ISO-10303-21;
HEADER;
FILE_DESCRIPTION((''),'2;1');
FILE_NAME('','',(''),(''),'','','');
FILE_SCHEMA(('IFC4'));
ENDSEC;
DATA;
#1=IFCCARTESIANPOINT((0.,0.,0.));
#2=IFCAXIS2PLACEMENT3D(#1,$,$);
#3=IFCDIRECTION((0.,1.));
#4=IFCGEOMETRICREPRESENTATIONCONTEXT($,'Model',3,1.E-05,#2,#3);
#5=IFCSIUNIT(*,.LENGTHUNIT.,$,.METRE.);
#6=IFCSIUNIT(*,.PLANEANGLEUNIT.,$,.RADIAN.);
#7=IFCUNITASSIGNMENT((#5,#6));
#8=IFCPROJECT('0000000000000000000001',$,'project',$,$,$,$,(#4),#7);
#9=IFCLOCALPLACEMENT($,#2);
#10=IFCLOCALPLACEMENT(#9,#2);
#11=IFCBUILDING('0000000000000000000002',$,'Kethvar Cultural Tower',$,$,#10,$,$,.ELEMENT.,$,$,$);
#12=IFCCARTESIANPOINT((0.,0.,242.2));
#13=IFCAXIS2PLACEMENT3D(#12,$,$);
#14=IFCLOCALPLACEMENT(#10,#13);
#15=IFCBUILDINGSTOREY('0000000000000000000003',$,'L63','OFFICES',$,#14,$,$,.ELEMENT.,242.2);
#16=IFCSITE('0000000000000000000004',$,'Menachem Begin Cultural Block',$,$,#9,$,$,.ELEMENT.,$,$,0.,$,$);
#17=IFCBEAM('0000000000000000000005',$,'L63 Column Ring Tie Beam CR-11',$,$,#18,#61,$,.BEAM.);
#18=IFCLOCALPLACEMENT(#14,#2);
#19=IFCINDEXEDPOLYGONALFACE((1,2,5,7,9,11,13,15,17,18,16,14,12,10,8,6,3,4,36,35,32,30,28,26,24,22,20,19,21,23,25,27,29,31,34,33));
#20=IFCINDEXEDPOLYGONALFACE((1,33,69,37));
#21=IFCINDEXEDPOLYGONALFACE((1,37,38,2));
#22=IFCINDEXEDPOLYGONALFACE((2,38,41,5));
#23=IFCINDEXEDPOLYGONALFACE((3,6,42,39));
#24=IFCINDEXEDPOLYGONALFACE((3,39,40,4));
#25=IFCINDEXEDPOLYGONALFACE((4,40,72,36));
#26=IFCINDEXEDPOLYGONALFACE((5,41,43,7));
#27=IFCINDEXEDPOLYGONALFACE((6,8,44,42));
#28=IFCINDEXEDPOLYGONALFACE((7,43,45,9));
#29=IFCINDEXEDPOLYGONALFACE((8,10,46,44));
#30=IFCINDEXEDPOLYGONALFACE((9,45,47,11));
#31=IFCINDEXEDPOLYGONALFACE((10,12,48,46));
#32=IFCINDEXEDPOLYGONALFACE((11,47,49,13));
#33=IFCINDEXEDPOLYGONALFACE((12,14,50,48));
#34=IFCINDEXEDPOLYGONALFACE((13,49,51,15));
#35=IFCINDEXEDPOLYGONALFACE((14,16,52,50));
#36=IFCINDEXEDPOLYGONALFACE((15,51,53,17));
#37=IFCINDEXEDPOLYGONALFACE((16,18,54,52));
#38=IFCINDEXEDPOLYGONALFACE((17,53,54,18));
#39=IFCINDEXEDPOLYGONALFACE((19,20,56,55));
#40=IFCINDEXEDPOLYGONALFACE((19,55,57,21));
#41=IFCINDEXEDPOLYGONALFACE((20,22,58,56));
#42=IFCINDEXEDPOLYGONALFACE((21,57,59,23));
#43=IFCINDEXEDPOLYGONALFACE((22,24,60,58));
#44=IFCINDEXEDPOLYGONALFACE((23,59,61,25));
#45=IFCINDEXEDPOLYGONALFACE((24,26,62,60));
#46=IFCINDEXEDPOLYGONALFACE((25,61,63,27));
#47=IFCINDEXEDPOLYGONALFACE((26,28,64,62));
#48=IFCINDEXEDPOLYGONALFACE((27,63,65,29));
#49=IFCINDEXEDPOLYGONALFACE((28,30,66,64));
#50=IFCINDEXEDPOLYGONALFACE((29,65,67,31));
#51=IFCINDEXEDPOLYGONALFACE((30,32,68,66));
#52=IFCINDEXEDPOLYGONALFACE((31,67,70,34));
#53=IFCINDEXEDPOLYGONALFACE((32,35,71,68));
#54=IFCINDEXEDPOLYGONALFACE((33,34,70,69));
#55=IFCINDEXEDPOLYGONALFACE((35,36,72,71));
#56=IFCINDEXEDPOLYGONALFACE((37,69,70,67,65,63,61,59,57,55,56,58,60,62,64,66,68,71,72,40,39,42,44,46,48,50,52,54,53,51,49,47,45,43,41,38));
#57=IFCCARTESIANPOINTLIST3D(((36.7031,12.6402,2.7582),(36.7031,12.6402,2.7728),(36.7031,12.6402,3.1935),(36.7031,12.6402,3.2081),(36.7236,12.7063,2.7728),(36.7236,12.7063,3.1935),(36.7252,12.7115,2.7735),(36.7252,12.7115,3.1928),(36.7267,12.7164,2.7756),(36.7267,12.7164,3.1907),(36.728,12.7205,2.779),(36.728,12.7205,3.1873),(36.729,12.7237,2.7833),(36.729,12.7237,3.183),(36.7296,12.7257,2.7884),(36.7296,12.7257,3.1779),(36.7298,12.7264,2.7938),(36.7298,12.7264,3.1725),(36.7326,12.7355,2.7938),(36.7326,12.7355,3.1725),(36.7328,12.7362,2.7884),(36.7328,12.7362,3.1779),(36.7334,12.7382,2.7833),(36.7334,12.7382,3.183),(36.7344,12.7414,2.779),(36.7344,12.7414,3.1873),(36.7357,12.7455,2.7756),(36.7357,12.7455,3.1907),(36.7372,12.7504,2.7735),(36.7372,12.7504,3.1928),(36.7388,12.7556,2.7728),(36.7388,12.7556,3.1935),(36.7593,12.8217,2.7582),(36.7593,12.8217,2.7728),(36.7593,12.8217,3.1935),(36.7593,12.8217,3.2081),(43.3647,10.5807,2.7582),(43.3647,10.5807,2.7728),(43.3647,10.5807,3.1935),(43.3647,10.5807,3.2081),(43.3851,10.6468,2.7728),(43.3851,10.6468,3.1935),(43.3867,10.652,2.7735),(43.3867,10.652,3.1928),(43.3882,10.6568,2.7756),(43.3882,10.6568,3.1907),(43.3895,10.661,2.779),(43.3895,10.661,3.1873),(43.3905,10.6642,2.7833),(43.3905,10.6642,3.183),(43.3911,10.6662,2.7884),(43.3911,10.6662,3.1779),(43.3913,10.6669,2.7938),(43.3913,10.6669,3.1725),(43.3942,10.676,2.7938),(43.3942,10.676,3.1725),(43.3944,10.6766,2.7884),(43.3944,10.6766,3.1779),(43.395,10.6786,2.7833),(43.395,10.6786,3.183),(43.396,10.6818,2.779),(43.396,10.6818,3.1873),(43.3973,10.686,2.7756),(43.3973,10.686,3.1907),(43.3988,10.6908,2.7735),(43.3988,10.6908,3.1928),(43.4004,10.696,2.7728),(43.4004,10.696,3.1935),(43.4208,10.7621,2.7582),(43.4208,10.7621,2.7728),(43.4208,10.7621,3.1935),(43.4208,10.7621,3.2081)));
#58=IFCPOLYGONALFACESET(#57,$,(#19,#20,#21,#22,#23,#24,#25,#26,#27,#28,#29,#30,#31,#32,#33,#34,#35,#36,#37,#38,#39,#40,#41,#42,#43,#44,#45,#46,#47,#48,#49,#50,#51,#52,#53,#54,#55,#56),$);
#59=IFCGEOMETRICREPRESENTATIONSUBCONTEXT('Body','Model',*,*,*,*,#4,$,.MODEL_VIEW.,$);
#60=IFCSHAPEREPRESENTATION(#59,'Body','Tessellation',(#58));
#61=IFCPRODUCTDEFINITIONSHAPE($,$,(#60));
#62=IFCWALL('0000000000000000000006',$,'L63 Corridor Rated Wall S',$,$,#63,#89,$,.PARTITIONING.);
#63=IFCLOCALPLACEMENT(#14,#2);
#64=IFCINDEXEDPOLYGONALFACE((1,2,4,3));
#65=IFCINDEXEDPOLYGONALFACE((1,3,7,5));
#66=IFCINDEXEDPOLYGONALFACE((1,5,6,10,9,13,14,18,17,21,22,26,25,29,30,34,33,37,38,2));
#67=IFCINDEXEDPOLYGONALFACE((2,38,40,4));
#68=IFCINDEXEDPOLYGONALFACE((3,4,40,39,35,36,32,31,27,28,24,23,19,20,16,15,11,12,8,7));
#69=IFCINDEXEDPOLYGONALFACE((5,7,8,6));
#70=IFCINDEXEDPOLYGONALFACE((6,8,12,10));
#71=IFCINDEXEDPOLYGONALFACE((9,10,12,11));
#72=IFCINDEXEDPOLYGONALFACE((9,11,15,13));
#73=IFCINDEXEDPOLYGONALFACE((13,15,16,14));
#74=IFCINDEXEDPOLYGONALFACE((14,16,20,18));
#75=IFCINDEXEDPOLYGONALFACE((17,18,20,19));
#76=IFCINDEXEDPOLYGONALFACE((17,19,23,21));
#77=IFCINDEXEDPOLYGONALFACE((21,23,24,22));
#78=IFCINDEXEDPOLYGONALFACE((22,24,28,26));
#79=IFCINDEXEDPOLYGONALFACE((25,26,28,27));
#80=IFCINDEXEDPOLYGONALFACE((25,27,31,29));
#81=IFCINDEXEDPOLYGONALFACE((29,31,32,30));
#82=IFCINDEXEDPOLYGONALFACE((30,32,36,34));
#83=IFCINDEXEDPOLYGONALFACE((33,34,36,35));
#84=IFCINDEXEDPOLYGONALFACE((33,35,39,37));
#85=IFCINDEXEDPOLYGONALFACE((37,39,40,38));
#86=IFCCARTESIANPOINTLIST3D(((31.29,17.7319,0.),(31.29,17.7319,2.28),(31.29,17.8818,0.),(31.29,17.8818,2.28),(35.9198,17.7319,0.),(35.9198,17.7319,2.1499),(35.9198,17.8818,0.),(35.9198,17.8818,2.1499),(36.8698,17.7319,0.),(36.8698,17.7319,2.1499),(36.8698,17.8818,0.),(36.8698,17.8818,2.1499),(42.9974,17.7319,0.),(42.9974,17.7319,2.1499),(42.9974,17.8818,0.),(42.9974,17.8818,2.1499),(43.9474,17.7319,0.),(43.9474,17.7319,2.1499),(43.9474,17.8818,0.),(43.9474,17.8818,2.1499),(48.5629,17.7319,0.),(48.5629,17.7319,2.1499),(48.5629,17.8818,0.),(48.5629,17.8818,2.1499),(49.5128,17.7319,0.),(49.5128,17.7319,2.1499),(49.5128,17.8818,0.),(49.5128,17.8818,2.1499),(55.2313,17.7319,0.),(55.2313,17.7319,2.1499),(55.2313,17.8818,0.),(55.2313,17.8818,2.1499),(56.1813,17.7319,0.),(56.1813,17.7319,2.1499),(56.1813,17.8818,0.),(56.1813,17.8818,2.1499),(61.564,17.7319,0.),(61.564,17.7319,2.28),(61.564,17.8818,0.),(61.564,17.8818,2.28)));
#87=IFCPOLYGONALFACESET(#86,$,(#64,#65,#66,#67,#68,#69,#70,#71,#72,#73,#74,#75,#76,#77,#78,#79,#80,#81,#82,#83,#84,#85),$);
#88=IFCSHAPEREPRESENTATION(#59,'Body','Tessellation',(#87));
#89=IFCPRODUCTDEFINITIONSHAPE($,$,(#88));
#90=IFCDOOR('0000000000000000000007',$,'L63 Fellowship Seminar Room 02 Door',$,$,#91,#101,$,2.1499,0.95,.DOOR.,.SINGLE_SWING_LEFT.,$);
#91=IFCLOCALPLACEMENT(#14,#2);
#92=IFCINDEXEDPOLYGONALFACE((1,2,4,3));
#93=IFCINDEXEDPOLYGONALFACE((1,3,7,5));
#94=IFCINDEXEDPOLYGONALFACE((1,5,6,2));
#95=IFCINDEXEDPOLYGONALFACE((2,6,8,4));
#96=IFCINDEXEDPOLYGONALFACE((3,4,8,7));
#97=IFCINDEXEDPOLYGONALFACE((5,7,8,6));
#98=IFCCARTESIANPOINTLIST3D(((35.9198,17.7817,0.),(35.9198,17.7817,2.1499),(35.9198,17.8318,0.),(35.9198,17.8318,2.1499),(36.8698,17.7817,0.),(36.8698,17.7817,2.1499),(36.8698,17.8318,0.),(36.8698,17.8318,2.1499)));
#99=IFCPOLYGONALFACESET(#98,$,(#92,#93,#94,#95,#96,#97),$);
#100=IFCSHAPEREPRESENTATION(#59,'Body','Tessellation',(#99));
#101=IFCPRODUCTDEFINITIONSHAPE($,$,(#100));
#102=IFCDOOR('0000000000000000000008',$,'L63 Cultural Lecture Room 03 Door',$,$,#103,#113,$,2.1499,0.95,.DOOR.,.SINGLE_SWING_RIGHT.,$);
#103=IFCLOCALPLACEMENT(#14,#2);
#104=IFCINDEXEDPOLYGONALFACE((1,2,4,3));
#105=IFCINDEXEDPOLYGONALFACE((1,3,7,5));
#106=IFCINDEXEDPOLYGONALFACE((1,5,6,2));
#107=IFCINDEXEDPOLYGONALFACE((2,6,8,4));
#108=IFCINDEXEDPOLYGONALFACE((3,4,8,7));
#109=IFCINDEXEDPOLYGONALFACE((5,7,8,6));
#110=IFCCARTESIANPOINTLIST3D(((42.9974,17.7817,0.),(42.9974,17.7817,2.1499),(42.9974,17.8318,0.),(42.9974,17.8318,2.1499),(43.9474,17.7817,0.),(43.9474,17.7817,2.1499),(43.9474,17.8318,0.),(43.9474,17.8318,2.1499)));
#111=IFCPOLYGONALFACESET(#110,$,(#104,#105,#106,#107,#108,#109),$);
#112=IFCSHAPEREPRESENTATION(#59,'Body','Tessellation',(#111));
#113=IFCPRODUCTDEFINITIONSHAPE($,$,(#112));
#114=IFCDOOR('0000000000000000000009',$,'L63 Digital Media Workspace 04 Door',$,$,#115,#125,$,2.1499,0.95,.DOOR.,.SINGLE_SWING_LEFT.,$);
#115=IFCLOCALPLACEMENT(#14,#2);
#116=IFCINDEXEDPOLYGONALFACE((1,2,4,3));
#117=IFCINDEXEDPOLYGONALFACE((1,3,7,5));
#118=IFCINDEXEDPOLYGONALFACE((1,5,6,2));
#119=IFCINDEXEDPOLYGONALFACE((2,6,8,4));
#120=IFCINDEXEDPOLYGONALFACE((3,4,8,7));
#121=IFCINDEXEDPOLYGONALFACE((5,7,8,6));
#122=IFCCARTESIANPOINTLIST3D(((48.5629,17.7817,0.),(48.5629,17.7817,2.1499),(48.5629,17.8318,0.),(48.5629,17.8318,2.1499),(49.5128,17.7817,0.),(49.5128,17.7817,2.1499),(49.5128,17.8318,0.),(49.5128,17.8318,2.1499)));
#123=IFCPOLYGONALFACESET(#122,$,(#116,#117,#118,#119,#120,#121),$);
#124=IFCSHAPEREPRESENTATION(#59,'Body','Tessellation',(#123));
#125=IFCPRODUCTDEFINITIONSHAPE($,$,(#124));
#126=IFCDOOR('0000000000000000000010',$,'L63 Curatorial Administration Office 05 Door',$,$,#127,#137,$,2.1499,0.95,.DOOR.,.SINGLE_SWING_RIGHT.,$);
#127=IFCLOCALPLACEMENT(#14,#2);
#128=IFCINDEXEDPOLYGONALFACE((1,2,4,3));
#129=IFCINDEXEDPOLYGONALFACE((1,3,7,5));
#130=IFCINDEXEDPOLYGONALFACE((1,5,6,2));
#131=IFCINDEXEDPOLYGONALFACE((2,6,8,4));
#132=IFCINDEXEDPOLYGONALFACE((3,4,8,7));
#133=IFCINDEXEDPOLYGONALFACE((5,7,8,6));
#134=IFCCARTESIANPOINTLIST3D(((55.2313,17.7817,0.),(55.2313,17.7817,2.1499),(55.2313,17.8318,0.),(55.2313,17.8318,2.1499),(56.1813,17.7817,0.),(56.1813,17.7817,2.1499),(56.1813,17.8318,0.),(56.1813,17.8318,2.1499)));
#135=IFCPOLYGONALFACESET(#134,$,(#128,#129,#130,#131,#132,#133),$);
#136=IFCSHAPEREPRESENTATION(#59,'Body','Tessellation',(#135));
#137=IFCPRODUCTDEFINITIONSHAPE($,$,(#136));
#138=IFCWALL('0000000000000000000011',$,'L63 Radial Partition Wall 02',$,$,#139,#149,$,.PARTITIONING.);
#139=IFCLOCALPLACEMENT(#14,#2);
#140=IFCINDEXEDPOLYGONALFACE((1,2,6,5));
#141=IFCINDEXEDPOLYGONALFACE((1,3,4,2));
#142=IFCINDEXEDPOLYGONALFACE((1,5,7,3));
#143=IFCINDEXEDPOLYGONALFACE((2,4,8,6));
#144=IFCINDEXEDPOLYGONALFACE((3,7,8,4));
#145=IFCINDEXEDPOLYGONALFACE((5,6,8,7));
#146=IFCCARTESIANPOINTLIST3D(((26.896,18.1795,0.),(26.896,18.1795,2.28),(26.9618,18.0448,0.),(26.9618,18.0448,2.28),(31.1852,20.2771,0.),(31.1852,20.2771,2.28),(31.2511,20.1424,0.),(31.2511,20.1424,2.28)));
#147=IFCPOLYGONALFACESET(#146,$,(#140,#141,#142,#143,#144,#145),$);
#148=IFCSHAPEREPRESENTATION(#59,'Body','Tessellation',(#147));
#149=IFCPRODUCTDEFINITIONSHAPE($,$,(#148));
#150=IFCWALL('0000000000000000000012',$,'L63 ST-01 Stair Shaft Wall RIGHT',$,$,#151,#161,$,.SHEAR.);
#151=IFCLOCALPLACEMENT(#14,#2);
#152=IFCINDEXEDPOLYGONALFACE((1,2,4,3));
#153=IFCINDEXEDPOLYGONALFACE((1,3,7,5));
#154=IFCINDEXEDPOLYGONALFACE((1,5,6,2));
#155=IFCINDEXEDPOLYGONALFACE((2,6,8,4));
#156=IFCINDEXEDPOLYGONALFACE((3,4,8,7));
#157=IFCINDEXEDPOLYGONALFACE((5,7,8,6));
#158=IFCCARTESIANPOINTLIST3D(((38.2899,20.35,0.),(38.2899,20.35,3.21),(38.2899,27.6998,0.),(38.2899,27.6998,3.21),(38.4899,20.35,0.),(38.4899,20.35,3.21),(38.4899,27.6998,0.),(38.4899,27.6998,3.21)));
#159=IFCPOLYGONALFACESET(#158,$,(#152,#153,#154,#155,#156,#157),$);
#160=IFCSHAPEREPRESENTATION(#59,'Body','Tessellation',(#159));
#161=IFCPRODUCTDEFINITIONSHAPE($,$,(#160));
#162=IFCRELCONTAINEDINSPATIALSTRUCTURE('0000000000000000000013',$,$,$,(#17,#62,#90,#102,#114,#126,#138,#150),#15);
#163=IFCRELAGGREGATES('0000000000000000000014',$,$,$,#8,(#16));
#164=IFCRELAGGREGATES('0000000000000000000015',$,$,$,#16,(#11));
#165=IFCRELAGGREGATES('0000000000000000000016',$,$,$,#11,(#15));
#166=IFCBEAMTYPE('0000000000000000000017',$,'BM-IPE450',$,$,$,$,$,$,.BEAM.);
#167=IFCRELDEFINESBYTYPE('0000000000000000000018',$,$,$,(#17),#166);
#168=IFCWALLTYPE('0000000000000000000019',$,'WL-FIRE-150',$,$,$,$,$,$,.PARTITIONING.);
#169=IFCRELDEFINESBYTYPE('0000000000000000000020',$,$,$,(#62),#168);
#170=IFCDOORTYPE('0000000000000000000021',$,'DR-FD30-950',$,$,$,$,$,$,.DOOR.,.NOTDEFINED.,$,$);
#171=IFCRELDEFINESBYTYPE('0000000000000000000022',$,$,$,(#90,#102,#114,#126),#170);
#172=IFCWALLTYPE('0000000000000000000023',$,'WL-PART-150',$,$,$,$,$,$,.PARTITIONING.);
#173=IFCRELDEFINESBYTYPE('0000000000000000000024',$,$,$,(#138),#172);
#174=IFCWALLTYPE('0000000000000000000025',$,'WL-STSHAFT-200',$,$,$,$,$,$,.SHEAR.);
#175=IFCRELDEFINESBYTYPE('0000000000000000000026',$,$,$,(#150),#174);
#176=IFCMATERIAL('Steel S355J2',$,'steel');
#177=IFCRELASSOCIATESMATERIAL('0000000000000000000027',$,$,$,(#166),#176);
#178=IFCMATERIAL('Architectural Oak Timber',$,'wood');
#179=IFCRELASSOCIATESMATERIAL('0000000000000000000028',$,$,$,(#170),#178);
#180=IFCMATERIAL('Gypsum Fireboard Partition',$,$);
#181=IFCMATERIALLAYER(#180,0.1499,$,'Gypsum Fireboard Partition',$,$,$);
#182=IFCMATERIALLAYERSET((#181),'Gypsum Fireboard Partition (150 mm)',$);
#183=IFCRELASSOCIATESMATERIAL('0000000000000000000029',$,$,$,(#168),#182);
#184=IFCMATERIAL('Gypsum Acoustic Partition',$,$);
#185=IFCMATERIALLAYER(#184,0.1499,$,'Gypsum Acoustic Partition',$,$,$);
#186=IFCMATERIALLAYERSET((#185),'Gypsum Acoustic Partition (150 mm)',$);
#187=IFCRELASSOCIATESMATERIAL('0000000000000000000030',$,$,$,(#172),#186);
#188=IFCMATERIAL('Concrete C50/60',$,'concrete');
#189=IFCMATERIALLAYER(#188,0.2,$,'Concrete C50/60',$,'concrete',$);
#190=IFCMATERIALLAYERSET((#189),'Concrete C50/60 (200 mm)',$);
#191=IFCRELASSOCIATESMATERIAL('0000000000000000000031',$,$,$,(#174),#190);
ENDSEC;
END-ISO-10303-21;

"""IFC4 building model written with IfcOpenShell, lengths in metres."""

from ifc_helpers import new_model, si_unit, direction, frame, frame_2d, origin, origin_2d, place, context, subcontext, project, spatial, rectangle, i_section, extrude, source, transform, mapped, material, layer, layer_set, material_profile, profile_set, type_object, element, fill, save


model = new_model("IFC4")

# Units and contexts
model_context = context("Model", 3, precision=1e-05, world=origin(), true_north=direction((0.0, 1.0)))
body_context = subcontext(model_context, "Body", "Model", "MODEL_VIEW")
ifc_project = project(units=[si_unit("LENGTHUNIT", "METRE"), si_unit("PLANEANGLEUNIT", "RADIAN")], contexts=[model_context])

# Site, building, storey
site_placement = place(None, origin())
site = spatial("IfcSite", under=ifc_project, at=site_placement, Name="Menachem Begin Cultural Block", CompositionType="ELEMENT", RefElevation=0.0)
building_placement = place(site_placement, origin())
building = spatial("IfcBuilding", under=site, at=building_placement, Name="Kethvar Cultural Tower", CompositionType="ELEMENT")
storey_placement = place(building_placement, frame((0.0, 0.0, 242.2)))
storey = spatial("IfcBuildingStorey", under=building, at=storey_placement, Name="L63", Description="OFFICES", CompositionType="ELEMENT", Elevation=242.2)

# Beam
ifc_material_1 = material(Name="Steel S355J2", Category="steel")
ifc_material_profile_1 = material_profile(ifc_material_1, i_section(OverallWidth=0.1899, OverallDepth=0.45, WebThickness=0.0095, FlangeThickness=0.0146, FilletRadius=0.021, at=origin_2d()), Name="Steel S355J2 — IPE450")
ifc_profile_set_1 = profile_set([ifc_material_profile_1], Name="Steel S355J2 — IPE450")
beam_type_1 = type_object("IfcBeamType", Name="BM-IPE450", PredefinedType="BEAM", material=ifc_profile_set_1)
shared_shape_1 = source(origin(), body_context, "Body", "SweptSolid", [
    extrude(i_section(OverallWidth=0.1899, OverallDepth=0.45, WebThickness=0.0095, FlangeThickness=0.0146, FilletRadius=0.021, at=origin_2d()), origin(), (0.0, 0.0, 1.0), 6.9727),
])
beam_1_placement = place(storey_placement, frame((36.7312, 12.731, 2.9832), z_axis=(0.955381, -0.295375, 0.0), x_axis=(0.295375, 0.955381, 0.0)))
element("IfcBeam", 1, at=beam_1_placement, inside=storey, type_object=beam_type_1, Name="L63 Column Ring Tie Beam CR-11", PredefinedType="BEAM", context=body_context, shape_type="MappedRepresentation", body=[
    mapped(shared_shape_1, transform((0.0, 0.0, 0.0), scale=1.0)),
])

# Wall, openings, doors
ifc_material_2 = material(Name="Concrete C50/60", Category="concrete")
ifc_material_3 = material(Name="Architectural Oak Timber", Category="wood")
door_type_1 = type_object("IfcDoorType", Name="DR-FD30-950", OperationType="NOTDEFINED", PredefinedType="DOOR", material=ifc_material_3)
shared_shape_2 = source(origin(), body_context, "Body", "SweptSolid", [
    extrude(rectangle(XDim=0.95, YDim=2.1499, at=frame_2d((0.4751, 1.075))), frame((0.0, 0.0249, 0.0), z_axis=(0.0, -1.0, 0.0), x_axis=(1.0, 0.0, 0.0)), (0.0, 0.0, 1.0), 0.05),
])
ifc_material_4 = material(Name="Gypsum Fireboard Partition")
ifc_layer_1 = layer(ifc_material_4, 0.1499, Name="Gypsum Fireboard Partition")
ifc_layer_set_1 = layer_set([ifc_layer_1], Name="Gypsum Fireboard Partition (150 mm)")
wall_type_1 = type_object("IfcWallType", Name="WL-FIRE-150", PredefinedType="PARTITIONING", material=ifc_layer_set_1)
wall_1_placement = place(storey_placement, frame((31.29, 17.8069, 0.0), z_axis=(0.0, 0.0, 1.0), x_axis=(1.0, 0.0, 0.0)))
wall_1 = element("IfcWall", 2, at=wall_1_placement, inside=storey, type_object=wall_type_1, Name="L63 Corridor Rated Wall S", PredefinedType="PARTITIONING", context=body_context, shape_type="SweptSolid", body=[
    extrude(rectangle(XDim=30.2739, YDim=0.1499, at=frame_2d((15.137, 0.0))), origin(), (0.0, 0.0, 1.0), 2.28),
])
opening_1_placement = place(wall_1_placement, frame((4.6296, 0.0, 0.0)))
opening_1 = element("IfcOpeningElement", 3, at=opening_1_placement, cuts=wall_1, PredefinedType="OPENING", context=body_context, shape_type="SweptSolid", body=[
    extrude(rectangle(XDim=0.95, YDim=2.1499, at=frame_2d((0.4751, 1.075))), frame((0.0, 0.085, 0.0), z_axis=(0.0, -1.0, 0.0), x_axis=(1.0, 0.0, 0.0)), (0.0, 0.0, 1.0), 0.1699),
])
opening_2_placement = place(wall_1_placement, frame((11.7073, 0.0, 0.0)))
opening_2 = element("IfcOpeningElement", 4, at=opening_2_placement, cuts=wall_1, PredefinedType="OPENING", context=body_context, shape_type="SweptSolid", body=[
    extrude(rectangle(XDim=0.95, YDim=2.1499, at=frame_2d((0.4751, 1.075))), frame((0.0, 0.085, 0.0), z_axis=(0.0, -1.0, 0.0), x_axis=(1.0, 0.0, 0.0)), (0.0, 0.0, 1.0), 0.1699),
])
opening_3_placement = place(wall_1_placement, frame((17.2727, 0.0, 0.0)))
opening_3 = element("IfcOpeningElement", 5, at=opening_3_placement, cuts=wall_1, PredefinedType="OPENING", context=body_context, shape_type="SweptSolid", body=[
    extrude(rectangle(XDim=0.95, YDim=2.1499, at=frame_2d((0.4751, 1.075))), frame((0.0, 0.085, 0.0), z_axis=(0.0, -1.0, 0.0), x_axis=(1.0, 0.0, 0.0)), (0.0, 0.0, 1.0), 0.1699),
])
opening_4_placement = place(wall_1_placement, frame((23.9412, 0.0, 0.0)))
opening_4 = element("IfcOpeningElement", 6, at=opening_4_placement, cuts=wall_1, PredefinedType="OPENING", context=body_context, shape_type="SweptSolid", body=[
    extrude(rectangle(XDim=0.95, YDim=2.1499, at=frame_2d((0.4751, 1.075))), frame((0.0, 0.085, 0.0), z_axis=(0.0, -1.0, 0.0), x_axis=(1.0, 0.0, 0.0)), (0.0, 0.0, 1.0), 0.1699),
])
door_1_placement = place(opening_1_placement, origin())
door_1 = element("IfcDoor", 7, at=door_1_placement, inside=storey, type_object=door_type_1, Name="L63 Fellowship Seminar Room 02 Door", OperationType="SINGLE_SWING_LEFT", OverallHeight=2.1499, OverallWidth=0.95, PredefinedType="DOOR", context=body_context, shape_type="MappedRepresentation", body=[
    mapped(shared_shape_2, transform((0.0, 0.0, 0.0), scale=1.0)),
])
fill(opening_1, door_1)
door_2_placement = place(opening_2_placement, origin())
door_2 = element("IfcDoor", 8, at=door_2_placement, inside=storey, type_object=door_type_1, Name="L63 Cultural Lecture Room 03 Door", OperationType="SINGLE_SWING_RIGHT", OverallHeight=2.1499, OverallWidth=0.95, PredefinedType="DOOR", context=body_context, shape_type="MappedRepresentation", body=[
    mapped(shared_shape_2, transform((0.0, 0.0, 0.0), scale=1.0)),
])
fill(opening_2, door_2)
door_3_placement = place(opening_3_placement, origin())
door_3 = element("IfcDoor", 9, at=door_3_placement, inside=storey, type_object=door_type_1, Name="L63 Digital Media Workspace 04 Door", OperationType="SINGLE_SWING_LEFT", OverallHeight=2.1499, OverallWidth=0.95, PredefinedType="DOOR", context=body_context, shape_type="MappedRepresentation", body=[
    mapped(shared_shape_2, transform((0.0, 0.0, 0.0), scale=1.0)),
])
fill(opening_3, door_3)
door_4_placement = place(opening_4_placement, origin())
door_4 = element("IfcDoor", 10, at=door_4_placement, inside=storey, type_object=door_type_1, Name="L63 Curatorial Administration Office 05 Door", OperationType="SINGLE_SWING_RIGHT", OverallHeight=2.1499, OverallWidth=0.95, PredefinedType="DOOR", context=body_context, shape_type="MappedRepresentation", body=[
    mapped(shared_shape_2, transform((0.0, 0.0, 0.0), scale=1.0)),
])
fill(opening_4, door_4)

# Walls
ifc_material_5 = material(Name="Gypsum Acoustic Partition")
ifc_layer_2 = layer(ifc_material_5, 0.1499, Name="Gypsum Acoustic Partition")
ifc_layer_set_2 = layer_set([ifc_layer_2], Name="Gypsum Acoustic Partition (150 mm)")
wall_type_2 = type_object("IfcWallType", Name="WL-PART-150", PredefinedType="PARTITIONING", material=ifc_layer_set_2)
wall_2_placement = place(storey_placement, frame((31.218, 20.2097, 0.0), z_axis=(0.0, 0.0, 1.0), x_axis=(-0.89833, -0.439322, 0.0)))
element("IfcWall", 11, at=wall_2_placement, inside=storey, type_object=wall_type_2, Name="L63 Radial Partition Wall 02", PredefinedType="PARTITIONING", context=body_context, shape_type="SweptSolid", body=[
    extrude(rectangle(XDim=4.7747, YDim=0.1499, at=frame_2d((2.3872, 0.0))), origin(), (0.0, 0.0, 1.0), 2.28),
])
ifc_layer_3 = layer(ifc_material_2, 0.2, Name="Concrete C50/60", Category="concrete")
ifc_layer_set_3 = layer_set([ifc_layer_3], Name="Concrete C50/60 (200 mm)")
wall_type_3 = type_object("IfcWallType", Name="WL-STSHAFT-200", PredefinedType="SHEAR", material=ifc_layer_set_3)
wall_3_placement = place(storey_placement, frame((38.3899, 20.3501, 0.0), z_axis=(0.0, 0.0, 1.0), x_axis=(0.0, 1.0, 0.0)))
element("IfcWall", 12, at=wall_3_placement, inside=storey, type_object=wall_type_3, Name="L63 ST-01 Stair Shaft Wall RIGHT", PredefinedType="SHEAR", context=body_context, shape_type="SweptSolid", body=[
    extrude(rectangle(XDim=7.3499, YDim=0.2, at=frame_2d((3.6748, 0.0))), origin(), (0.0, 0.0, 1.0), 3.21),
])

save(model, "model.ifc")
